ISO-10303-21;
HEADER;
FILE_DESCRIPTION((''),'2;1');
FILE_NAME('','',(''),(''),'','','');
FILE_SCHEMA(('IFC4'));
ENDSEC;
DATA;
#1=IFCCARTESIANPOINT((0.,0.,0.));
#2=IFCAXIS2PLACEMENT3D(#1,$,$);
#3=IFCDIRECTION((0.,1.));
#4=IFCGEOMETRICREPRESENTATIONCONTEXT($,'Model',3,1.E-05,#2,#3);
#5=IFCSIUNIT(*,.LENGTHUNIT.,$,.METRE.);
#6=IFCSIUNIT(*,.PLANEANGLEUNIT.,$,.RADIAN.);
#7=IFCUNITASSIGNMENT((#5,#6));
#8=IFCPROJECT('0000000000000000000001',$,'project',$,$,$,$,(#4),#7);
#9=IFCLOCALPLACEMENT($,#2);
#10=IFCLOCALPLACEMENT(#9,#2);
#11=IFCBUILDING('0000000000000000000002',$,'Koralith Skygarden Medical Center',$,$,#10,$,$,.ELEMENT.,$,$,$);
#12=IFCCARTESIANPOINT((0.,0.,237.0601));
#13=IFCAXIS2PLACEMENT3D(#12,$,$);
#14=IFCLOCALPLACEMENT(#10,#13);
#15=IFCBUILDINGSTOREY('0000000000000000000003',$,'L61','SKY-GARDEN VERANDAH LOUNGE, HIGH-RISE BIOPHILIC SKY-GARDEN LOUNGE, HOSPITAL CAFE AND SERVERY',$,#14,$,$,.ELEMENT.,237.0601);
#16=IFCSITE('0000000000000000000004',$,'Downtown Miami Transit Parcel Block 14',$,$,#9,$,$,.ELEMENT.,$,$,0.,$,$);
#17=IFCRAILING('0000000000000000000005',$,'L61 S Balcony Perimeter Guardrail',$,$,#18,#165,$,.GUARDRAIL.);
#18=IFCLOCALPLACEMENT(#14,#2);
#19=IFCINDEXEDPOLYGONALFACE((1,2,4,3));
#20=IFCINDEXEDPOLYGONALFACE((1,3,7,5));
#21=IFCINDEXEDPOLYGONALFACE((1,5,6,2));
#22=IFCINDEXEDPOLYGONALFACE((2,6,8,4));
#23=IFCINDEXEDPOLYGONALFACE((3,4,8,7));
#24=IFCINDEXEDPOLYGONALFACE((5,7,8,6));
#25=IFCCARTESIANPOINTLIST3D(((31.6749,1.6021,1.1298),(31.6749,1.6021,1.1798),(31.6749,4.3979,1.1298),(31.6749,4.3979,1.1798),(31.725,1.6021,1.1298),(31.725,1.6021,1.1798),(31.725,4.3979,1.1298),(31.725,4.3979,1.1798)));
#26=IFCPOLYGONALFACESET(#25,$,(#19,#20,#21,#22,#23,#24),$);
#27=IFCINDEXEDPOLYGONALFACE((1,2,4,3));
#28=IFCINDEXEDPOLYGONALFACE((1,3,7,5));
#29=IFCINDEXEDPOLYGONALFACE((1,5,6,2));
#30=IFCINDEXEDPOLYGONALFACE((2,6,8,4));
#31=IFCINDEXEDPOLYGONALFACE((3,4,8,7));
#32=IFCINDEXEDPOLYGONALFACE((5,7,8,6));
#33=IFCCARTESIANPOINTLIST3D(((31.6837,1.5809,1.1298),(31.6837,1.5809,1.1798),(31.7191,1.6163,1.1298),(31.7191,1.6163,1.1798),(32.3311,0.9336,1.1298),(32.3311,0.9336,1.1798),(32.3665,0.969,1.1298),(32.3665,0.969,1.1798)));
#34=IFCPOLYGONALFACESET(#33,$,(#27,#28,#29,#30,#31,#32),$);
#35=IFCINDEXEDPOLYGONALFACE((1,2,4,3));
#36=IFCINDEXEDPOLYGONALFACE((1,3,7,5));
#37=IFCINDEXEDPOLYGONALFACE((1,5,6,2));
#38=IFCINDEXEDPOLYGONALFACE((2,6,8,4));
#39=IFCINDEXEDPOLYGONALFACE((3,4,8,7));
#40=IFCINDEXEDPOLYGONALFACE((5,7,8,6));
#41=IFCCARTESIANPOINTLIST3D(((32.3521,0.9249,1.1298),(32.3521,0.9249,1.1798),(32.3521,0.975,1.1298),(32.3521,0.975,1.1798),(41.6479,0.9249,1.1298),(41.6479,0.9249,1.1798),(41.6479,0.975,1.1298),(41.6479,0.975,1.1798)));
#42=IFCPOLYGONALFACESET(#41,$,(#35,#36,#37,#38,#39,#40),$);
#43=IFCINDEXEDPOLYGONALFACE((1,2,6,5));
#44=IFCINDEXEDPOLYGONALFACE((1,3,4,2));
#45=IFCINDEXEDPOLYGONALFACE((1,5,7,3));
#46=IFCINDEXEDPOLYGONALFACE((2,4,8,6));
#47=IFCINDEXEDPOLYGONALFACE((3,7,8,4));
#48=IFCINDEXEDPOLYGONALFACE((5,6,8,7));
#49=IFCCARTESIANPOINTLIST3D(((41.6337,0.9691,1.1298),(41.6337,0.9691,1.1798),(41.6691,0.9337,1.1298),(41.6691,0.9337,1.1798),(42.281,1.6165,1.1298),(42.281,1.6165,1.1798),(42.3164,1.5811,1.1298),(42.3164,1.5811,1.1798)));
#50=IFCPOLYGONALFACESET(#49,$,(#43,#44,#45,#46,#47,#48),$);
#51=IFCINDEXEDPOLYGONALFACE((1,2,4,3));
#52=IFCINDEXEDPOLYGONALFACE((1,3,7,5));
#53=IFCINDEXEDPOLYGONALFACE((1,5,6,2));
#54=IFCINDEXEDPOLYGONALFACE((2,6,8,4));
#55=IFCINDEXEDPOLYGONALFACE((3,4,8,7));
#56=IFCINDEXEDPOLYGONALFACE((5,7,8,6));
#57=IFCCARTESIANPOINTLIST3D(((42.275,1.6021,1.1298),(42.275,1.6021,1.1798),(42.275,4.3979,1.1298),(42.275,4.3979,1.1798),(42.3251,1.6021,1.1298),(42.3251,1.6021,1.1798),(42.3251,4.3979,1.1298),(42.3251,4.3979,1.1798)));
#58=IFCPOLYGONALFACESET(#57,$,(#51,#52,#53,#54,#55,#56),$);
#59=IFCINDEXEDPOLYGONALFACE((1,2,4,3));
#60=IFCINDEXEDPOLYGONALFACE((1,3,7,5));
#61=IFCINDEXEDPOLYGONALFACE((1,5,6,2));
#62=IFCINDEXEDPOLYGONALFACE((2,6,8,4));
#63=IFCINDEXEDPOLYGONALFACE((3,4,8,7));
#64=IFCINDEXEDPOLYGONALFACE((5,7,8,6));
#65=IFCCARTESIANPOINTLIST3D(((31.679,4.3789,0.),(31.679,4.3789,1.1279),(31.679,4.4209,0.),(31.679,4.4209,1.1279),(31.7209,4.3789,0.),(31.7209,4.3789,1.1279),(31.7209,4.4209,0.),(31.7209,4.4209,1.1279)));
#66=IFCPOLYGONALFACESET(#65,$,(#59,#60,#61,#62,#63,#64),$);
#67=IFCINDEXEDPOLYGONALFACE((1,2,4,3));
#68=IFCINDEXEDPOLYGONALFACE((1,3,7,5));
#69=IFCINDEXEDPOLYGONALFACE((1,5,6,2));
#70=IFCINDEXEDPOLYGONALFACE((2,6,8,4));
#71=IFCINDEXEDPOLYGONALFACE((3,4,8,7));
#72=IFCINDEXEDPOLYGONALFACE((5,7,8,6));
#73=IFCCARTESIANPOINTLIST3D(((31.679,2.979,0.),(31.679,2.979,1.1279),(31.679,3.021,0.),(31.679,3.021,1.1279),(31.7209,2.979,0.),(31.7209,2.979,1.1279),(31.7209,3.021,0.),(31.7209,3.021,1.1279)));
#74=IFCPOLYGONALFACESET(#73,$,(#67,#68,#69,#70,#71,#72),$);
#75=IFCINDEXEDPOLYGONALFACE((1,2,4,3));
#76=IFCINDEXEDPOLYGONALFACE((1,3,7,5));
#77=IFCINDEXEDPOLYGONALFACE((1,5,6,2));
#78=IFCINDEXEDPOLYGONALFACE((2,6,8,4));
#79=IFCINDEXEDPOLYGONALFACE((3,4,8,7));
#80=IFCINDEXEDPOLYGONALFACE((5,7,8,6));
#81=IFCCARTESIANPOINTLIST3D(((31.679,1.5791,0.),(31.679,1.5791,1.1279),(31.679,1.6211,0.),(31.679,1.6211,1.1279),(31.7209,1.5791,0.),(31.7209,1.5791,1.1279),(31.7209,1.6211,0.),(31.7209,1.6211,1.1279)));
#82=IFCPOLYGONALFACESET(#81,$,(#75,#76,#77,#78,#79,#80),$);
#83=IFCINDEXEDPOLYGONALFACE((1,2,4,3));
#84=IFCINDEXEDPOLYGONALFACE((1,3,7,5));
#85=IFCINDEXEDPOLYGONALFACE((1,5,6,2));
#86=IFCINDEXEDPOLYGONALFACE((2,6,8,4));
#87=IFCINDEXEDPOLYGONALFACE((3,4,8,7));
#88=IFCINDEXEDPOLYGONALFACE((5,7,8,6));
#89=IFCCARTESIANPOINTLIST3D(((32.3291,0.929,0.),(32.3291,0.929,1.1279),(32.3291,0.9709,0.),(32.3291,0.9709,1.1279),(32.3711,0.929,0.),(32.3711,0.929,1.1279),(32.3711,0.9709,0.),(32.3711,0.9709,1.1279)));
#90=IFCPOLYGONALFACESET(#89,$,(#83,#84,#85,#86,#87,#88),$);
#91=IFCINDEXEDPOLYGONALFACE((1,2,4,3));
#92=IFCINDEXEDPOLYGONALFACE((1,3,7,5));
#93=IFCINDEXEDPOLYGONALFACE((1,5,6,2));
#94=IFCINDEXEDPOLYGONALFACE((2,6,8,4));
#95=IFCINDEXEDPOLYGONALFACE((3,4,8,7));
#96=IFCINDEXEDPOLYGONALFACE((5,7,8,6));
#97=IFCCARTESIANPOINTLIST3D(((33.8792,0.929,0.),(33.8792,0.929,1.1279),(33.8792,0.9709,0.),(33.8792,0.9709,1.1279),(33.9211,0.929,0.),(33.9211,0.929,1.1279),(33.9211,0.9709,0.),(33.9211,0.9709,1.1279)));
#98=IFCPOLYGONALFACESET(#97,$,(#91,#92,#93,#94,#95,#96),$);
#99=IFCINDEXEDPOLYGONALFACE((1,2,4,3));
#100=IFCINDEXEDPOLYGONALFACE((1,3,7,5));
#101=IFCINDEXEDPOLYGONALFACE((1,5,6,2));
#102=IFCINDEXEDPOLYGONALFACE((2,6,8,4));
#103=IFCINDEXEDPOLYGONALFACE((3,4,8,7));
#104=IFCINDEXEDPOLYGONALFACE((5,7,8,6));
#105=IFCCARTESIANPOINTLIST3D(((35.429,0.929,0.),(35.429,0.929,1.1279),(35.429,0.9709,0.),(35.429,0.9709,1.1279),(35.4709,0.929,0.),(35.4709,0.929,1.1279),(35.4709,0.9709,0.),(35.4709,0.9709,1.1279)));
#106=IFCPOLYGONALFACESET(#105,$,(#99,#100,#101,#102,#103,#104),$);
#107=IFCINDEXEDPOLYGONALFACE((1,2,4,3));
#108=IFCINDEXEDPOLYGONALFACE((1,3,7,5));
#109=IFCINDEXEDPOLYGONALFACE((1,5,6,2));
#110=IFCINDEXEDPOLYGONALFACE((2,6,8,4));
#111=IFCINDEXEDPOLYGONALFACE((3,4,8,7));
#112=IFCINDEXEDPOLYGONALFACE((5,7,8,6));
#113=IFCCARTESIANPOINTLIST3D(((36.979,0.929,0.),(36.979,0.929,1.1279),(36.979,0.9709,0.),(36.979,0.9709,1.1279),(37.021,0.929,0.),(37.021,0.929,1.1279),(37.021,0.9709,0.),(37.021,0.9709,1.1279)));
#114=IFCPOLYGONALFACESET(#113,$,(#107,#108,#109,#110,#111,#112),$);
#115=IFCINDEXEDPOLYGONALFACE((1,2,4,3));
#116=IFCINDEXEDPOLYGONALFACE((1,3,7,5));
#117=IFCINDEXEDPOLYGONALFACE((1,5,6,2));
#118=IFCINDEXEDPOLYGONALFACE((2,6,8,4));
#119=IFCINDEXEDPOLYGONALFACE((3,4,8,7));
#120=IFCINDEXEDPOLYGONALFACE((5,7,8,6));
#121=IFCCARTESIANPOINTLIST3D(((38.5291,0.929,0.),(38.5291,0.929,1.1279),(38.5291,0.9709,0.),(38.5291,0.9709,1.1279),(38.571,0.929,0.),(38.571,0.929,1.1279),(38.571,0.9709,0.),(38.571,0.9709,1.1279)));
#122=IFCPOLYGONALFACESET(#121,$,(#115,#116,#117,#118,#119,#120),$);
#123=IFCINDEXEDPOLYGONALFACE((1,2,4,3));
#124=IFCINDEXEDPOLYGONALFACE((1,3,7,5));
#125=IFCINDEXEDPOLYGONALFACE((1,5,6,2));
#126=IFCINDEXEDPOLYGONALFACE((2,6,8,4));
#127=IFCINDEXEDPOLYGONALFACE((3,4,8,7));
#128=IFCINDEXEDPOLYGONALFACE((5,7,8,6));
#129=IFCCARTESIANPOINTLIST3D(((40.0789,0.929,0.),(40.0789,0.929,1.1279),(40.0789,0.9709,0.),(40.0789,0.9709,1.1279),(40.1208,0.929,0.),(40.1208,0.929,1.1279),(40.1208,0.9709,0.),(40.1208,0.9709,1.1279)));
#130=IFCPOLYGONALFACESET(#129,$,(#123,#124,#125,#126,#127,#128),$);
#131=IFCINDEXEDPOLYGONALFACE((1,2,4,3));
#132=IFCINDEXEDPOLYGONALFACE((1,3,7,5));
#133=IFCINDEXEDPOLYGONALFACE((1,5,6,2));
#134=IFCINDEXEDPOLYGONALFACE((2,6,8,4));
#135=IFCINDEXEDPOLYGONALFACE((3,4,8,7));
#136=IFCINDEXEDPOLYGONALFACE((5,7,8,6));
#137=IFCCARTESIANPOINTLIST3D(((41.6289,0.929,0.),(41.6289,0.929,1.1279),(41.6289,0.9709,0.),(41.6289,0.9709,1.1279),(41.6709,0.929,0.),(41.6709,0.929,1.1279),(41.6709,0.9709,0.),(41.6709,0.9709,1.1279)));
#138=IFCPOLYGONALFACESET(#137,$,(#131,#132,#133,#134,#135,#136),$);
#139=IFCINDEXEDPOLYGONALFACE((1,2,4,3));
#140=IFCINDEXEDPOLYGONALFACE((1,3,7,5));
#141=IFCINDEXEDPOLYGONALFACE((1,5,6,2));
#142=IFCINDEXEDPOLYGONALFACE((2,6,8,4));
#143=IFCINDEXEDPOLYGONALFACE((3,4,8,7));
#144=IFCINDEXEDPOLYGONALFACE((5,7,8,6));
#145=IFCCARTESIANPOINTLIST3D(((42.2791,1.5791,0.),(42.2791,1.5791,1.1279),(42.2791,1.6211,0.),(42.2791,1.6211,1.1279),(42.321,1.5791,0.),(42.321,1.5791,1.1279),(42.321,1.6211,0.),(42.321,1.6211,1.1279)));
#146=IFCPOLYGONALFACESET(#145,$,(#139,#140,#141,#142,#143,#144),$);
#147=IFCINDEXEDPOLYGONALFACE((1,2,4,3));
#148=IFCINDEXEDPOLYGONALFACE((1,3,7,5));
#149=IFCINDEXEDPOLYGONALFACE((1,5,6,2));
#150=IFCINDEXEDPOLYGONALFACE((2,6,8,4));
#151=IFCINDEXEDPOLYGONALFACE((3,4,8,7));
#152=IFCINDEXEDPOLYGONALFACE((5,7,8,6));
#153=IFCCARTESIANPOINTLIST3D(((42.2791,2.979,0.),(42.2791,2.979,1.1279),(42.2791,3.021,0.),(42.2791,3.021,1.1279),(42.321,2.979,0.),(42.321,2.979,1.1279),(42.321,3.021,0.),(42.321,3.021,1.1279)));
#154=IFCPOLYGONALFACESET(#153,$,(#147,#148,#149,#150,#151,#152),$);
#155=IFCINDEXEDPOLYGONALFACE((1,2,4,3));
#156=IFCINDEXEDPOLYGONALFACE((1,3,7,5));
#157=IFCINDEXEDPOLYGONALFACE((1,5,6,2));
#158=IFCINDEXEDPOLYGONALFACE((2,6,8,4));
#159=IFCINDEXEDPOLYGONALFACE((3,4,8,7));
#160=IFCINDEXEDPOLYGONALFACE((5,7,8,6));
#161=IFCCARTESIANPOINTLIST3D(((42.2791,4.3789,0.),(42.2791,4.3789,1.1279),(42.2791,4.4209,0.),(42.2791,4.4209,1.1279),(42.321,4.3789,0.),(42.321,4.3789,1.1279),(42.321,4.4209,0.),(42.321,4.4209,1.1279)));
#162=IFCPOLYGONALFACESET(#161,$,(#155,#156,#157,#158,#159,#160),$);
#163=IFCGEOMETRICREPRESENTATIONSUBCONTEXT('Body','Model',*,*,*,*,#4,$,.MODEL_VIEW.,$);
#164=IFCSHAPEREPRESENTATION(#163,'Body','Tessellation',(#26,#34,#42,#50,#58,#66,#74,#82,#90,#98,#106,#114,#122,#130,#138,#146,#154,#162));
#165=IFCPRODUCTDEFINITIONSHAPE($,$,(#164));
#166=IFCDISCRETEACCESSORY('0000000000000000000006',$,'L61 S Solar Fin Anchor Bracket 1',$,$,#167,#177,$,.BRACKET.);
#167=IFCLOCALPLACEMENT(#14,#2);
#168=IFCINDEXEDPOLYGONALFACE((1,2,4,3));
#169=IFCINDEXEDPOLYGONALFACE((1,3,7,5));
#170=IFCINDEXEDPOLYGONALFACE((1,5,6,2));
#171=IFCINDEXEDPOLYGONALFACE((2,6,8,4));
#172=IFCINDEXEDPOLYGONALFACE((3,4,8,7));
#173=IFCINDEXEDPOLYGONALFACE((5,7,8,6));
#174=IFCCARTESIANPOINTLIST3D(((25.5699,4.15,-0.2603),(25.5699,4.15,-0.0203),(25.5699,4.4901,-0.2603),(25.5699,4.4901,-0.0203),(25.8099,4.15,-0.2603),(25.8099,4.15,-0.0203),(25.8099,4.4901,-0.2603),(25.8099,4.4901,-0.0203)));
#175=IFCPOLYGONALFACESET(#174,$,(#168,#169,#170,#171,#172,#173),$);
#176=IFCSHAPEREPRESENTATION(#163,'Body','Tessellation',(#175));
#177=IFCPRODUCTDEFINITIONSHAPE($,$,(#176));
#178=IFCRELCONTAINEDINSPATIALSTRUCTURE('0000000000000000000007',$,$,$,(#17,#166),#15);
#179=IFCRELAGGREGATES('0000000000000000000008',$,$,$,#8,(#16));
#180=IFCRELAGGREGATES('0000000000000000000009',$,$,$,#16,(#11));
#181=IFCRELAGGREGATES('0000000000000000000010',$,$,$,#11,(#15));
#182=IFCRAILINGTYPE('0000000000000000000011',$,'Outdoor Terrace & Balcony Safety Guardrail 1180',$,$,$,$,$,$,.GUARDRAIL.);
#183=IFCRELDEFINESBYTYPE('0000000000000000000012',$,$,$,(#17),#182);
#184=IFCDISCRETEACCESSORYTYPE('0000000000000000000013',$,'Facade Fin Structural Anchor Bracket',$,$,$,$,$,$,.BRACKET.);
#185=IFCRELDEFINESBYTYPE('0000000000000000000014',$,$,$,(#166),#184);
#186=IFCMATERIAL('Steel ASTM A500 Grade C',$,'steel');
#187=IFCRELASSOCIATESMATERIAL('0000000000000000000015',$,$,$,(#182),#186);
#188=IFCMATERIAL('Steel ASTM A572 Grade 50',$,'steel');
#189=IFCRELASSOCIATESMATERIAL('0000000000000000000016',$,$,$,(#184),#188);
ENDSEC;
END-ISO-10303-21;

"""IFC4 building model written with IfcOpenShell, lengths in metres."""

from ifc_helpers import new_model, si_unit, direction, frame, origin, origin_2d, place, context, subcontext, project, spatial, rectangle, extrude, material, type_object, element, save


model = new_model("IFC4")

# Units and contexts
model_context = context("Model", 3, precision=1e-05, world=origin(), true_north=direction((0.0, 1.0)))
body_context = subcontext(model_context, "Body", "Model", "MODEL_VIEW")
ifc_project = project(units=[si_unit("LENGTHUNIT", "METRE"), si_unit("PLANEANGLEUNIT", "RADIAN")], contexts=[model_context])

# Site, building, storey
site_placement = place(None, origin())
site = spatial("IfcSite", under=ifc_project, at=site_placement, Name="Downtown Miami Transit Parcel Block 14", CompositionType="ELEMENT", RefElevation=0.0)
building_placement = place(site_placement, origin())
building = spatial("IfcBuilding", under=site, at=building_placement, Name="Koralith Skygarden Medical Center", CompositionType="ELEMENT")
storey_placement = place(building_placement, frame((0.0, 0.0, 237.0601)))
storey = spatial("IfcBuildingStorey", under=building, at=storey_placement, Name="L61", Description="SKY-GARDEN VERANDAH LOUNGE, HIGH-RISE BIOPHILIC SKY-GARDEN LOUNGE, HOSPITAL CAFE AND SERVERY", CompositionType="ELEMENT", Elevation=237.0601)

# Railing
ifc_material_1 = material(Name="Steel ASTM A500 Grade C", Category="steel")
railing_type = type_object("IfcRailingType", Name="Outdoor Terrace & Balcony Safety Guardrail 1180", PredefinedType="GUARDRAIL", material=ifc_material_1)
railing_placement = place(storey_placement, frame((31.7, 4.3999, 0.0)))
element("IfcRailing", 1, at=railing_placement, inside=storey, type_object=railing_type, Name="L61 S Balcony Perimeter Guardrail", PredefinedType="GUARDRAIL", context=body_context, shape_type="SweptSolid", body=[
    extrude(rectangle(XDim=0.05, YDim=0.05, at=origin_2d()), frame((0.0, -0.002, 1.1548), z_axis=(0.0, -1.0, 0.0), x_axis=(1.0, 0.0, 0.0)), (0.0, 0.0, 1.0), 2.7959),
    extrude(rectangle(XDim=0.05, YDim=0.05, at=origin_2d()), frame((0.0015, -2.8013, 1.1548), z_axis=(0.707107, -0.707107, 0.0), x_axis=(0.707107, 0.707107, 0.0)), (0.0, 0.0, 1.0), 0.9155),
    extrude(rectangle(XDim=0.05, YDim=0.05, at=origin_2d()), frame((0.6521, -3.45, 1.1548), z_axis=(1.0, 0.0, 0.0), x_axis=(0.0, 1.0, 0.0)), (0.0, 0.0, 1.0), 9.2959),
    extrude(rectangle(XDim=0.05, YDim=0.05, at=origin_2d()), frame((9.9514, -3.4485, 1.1548), z_axis=(0.707107, 0.707107, 0.0), x_axis=(-0.707107, 0.707107, 0.0)), (0.0, 0.0, 1.0), 0.9155),
    extrude(rectangle(XDim=0.05, YDim=0.05, at=origin_2d()), frame((10.6001, -2.7979, 1.1548), z_axis=(0.0, 1.0, 0.0), x_axis=(-1.0, 0.0, 0.0)), (0.0, 0.0, 1.0), 2.7959),
    extrude(rectangle(XDim=0.042, YDim=0.042, at=origin_2d()), origin(), (0.0, 0.0, 1.0), 1.1279),
    extrude(rectangle(XDim=0.042, YDim=0.042, at=origin_2d()), frame((0.0, -1.3999, 0.0)), (0.0, 0.0, 1.0), 1.1279),
    extrude(rectangle(XDim=0.042, YDim=0.042, at=origin_2d()), frame((0.0, -2.7998, 0.0)), (0.0, 0.0, 1.0), 1.1279),
    extrude(rectangle(XDim=0.042, YDim=0.042, at=origin_2d()), frame((0.6501, -3.45, 0.0)), (0.0, 0.0, 1.0), 1.1279),
    extrude(rectangle(XDim=0.042, YDim=0.042, at=origin_2d()), frame((2.2002, -3.45, 0.0)), (0.0, 0.0, 1.0), 1.1279),
    extrude(rectangle(XDim=0.042, YDim=0.042, at=origin_2d()), frame((3.75, -3.45, 0.0)), (0.0, 0.0, 1.0), 1.1279),
    extrude(rectangle(XDim=0.042, YDim=0.042, at=origin_2d()), frame((5.3, -3.45, 0.0)), (0.0, 0.0, 1.0), 1.1279),
    extrude(rectangle(XDim=0.042, YDim=0.042, at=origin_2d()), frame((6.8501, -3.45, 0.0)), (0.0, 0.0, 1.0), 1.1279),
    extrude(rectangle(XDim=0.042, YDim=0.042, at=origin_2d()), frame((8.3999, -3.45, 0.0)), (0.0, 0.0, 1.0), 1.1279),
    extrude(rectangle(XDim=0.042, YDim=0.042, at=origin_2d()), frame((9.95, -3.45, 0.0)), (0.0, 0.0, 1.0), 1.1279),
    extrude(rectangle(XDim=0.042, YDim=0.042, at=origin_2d()), frame((10.6001, -2.7998, 0.0)), (0.0, 0.0, 1.0), 1.1279),
    extrude(rectangle(XDim=0.042, YDim=0.042, at=origin_2d()), frame((10.6001, -1.3999, 0.0)), (0.0, 0.0, 1.0), 1.1279),
    extrude(rectangle(XDim=0.042, YDim=0.042, at=origin_2d()), frame((10.6001, 0.0, 0.0)), (0.0, 0.0, 1.0), 1.1279),
])

# Discrete accessory
ifc_material_2 = material(Name="Steel ASTM A572 Grade 50", Category="steel")
discrete_accessory_type = type_object("IfcDiscreteAccessoryType", Name="Facade Fin Structural Anchor Bracket", PredefinedType="BRACKET", material=ifc_material_2)
discrete_accessory_placement = place(storey_placement, frame((25.6899, 4.3201, -0.2603), z_axis=(0.0, 0.0, 1.0), x_axis=(0.0, -1.0, 0.0)))
element("IfcDiscreteAccessory", 2, at=discrete_accessory_placement, inside=storey, type_object=discrete_accessory_type, Name="L61 S Solar Fin Anchor Bracket 1", PredefinedType="BRACKET", context=body_context, shape_type="SweptSolid", body=[
    extrude(rectangle(XDim=0.3401, YDim=0.24, at=origin_2d()), origin(), (0.0, 0.0, 1.0), 0.24),
])

save(model, "model.ifc")
